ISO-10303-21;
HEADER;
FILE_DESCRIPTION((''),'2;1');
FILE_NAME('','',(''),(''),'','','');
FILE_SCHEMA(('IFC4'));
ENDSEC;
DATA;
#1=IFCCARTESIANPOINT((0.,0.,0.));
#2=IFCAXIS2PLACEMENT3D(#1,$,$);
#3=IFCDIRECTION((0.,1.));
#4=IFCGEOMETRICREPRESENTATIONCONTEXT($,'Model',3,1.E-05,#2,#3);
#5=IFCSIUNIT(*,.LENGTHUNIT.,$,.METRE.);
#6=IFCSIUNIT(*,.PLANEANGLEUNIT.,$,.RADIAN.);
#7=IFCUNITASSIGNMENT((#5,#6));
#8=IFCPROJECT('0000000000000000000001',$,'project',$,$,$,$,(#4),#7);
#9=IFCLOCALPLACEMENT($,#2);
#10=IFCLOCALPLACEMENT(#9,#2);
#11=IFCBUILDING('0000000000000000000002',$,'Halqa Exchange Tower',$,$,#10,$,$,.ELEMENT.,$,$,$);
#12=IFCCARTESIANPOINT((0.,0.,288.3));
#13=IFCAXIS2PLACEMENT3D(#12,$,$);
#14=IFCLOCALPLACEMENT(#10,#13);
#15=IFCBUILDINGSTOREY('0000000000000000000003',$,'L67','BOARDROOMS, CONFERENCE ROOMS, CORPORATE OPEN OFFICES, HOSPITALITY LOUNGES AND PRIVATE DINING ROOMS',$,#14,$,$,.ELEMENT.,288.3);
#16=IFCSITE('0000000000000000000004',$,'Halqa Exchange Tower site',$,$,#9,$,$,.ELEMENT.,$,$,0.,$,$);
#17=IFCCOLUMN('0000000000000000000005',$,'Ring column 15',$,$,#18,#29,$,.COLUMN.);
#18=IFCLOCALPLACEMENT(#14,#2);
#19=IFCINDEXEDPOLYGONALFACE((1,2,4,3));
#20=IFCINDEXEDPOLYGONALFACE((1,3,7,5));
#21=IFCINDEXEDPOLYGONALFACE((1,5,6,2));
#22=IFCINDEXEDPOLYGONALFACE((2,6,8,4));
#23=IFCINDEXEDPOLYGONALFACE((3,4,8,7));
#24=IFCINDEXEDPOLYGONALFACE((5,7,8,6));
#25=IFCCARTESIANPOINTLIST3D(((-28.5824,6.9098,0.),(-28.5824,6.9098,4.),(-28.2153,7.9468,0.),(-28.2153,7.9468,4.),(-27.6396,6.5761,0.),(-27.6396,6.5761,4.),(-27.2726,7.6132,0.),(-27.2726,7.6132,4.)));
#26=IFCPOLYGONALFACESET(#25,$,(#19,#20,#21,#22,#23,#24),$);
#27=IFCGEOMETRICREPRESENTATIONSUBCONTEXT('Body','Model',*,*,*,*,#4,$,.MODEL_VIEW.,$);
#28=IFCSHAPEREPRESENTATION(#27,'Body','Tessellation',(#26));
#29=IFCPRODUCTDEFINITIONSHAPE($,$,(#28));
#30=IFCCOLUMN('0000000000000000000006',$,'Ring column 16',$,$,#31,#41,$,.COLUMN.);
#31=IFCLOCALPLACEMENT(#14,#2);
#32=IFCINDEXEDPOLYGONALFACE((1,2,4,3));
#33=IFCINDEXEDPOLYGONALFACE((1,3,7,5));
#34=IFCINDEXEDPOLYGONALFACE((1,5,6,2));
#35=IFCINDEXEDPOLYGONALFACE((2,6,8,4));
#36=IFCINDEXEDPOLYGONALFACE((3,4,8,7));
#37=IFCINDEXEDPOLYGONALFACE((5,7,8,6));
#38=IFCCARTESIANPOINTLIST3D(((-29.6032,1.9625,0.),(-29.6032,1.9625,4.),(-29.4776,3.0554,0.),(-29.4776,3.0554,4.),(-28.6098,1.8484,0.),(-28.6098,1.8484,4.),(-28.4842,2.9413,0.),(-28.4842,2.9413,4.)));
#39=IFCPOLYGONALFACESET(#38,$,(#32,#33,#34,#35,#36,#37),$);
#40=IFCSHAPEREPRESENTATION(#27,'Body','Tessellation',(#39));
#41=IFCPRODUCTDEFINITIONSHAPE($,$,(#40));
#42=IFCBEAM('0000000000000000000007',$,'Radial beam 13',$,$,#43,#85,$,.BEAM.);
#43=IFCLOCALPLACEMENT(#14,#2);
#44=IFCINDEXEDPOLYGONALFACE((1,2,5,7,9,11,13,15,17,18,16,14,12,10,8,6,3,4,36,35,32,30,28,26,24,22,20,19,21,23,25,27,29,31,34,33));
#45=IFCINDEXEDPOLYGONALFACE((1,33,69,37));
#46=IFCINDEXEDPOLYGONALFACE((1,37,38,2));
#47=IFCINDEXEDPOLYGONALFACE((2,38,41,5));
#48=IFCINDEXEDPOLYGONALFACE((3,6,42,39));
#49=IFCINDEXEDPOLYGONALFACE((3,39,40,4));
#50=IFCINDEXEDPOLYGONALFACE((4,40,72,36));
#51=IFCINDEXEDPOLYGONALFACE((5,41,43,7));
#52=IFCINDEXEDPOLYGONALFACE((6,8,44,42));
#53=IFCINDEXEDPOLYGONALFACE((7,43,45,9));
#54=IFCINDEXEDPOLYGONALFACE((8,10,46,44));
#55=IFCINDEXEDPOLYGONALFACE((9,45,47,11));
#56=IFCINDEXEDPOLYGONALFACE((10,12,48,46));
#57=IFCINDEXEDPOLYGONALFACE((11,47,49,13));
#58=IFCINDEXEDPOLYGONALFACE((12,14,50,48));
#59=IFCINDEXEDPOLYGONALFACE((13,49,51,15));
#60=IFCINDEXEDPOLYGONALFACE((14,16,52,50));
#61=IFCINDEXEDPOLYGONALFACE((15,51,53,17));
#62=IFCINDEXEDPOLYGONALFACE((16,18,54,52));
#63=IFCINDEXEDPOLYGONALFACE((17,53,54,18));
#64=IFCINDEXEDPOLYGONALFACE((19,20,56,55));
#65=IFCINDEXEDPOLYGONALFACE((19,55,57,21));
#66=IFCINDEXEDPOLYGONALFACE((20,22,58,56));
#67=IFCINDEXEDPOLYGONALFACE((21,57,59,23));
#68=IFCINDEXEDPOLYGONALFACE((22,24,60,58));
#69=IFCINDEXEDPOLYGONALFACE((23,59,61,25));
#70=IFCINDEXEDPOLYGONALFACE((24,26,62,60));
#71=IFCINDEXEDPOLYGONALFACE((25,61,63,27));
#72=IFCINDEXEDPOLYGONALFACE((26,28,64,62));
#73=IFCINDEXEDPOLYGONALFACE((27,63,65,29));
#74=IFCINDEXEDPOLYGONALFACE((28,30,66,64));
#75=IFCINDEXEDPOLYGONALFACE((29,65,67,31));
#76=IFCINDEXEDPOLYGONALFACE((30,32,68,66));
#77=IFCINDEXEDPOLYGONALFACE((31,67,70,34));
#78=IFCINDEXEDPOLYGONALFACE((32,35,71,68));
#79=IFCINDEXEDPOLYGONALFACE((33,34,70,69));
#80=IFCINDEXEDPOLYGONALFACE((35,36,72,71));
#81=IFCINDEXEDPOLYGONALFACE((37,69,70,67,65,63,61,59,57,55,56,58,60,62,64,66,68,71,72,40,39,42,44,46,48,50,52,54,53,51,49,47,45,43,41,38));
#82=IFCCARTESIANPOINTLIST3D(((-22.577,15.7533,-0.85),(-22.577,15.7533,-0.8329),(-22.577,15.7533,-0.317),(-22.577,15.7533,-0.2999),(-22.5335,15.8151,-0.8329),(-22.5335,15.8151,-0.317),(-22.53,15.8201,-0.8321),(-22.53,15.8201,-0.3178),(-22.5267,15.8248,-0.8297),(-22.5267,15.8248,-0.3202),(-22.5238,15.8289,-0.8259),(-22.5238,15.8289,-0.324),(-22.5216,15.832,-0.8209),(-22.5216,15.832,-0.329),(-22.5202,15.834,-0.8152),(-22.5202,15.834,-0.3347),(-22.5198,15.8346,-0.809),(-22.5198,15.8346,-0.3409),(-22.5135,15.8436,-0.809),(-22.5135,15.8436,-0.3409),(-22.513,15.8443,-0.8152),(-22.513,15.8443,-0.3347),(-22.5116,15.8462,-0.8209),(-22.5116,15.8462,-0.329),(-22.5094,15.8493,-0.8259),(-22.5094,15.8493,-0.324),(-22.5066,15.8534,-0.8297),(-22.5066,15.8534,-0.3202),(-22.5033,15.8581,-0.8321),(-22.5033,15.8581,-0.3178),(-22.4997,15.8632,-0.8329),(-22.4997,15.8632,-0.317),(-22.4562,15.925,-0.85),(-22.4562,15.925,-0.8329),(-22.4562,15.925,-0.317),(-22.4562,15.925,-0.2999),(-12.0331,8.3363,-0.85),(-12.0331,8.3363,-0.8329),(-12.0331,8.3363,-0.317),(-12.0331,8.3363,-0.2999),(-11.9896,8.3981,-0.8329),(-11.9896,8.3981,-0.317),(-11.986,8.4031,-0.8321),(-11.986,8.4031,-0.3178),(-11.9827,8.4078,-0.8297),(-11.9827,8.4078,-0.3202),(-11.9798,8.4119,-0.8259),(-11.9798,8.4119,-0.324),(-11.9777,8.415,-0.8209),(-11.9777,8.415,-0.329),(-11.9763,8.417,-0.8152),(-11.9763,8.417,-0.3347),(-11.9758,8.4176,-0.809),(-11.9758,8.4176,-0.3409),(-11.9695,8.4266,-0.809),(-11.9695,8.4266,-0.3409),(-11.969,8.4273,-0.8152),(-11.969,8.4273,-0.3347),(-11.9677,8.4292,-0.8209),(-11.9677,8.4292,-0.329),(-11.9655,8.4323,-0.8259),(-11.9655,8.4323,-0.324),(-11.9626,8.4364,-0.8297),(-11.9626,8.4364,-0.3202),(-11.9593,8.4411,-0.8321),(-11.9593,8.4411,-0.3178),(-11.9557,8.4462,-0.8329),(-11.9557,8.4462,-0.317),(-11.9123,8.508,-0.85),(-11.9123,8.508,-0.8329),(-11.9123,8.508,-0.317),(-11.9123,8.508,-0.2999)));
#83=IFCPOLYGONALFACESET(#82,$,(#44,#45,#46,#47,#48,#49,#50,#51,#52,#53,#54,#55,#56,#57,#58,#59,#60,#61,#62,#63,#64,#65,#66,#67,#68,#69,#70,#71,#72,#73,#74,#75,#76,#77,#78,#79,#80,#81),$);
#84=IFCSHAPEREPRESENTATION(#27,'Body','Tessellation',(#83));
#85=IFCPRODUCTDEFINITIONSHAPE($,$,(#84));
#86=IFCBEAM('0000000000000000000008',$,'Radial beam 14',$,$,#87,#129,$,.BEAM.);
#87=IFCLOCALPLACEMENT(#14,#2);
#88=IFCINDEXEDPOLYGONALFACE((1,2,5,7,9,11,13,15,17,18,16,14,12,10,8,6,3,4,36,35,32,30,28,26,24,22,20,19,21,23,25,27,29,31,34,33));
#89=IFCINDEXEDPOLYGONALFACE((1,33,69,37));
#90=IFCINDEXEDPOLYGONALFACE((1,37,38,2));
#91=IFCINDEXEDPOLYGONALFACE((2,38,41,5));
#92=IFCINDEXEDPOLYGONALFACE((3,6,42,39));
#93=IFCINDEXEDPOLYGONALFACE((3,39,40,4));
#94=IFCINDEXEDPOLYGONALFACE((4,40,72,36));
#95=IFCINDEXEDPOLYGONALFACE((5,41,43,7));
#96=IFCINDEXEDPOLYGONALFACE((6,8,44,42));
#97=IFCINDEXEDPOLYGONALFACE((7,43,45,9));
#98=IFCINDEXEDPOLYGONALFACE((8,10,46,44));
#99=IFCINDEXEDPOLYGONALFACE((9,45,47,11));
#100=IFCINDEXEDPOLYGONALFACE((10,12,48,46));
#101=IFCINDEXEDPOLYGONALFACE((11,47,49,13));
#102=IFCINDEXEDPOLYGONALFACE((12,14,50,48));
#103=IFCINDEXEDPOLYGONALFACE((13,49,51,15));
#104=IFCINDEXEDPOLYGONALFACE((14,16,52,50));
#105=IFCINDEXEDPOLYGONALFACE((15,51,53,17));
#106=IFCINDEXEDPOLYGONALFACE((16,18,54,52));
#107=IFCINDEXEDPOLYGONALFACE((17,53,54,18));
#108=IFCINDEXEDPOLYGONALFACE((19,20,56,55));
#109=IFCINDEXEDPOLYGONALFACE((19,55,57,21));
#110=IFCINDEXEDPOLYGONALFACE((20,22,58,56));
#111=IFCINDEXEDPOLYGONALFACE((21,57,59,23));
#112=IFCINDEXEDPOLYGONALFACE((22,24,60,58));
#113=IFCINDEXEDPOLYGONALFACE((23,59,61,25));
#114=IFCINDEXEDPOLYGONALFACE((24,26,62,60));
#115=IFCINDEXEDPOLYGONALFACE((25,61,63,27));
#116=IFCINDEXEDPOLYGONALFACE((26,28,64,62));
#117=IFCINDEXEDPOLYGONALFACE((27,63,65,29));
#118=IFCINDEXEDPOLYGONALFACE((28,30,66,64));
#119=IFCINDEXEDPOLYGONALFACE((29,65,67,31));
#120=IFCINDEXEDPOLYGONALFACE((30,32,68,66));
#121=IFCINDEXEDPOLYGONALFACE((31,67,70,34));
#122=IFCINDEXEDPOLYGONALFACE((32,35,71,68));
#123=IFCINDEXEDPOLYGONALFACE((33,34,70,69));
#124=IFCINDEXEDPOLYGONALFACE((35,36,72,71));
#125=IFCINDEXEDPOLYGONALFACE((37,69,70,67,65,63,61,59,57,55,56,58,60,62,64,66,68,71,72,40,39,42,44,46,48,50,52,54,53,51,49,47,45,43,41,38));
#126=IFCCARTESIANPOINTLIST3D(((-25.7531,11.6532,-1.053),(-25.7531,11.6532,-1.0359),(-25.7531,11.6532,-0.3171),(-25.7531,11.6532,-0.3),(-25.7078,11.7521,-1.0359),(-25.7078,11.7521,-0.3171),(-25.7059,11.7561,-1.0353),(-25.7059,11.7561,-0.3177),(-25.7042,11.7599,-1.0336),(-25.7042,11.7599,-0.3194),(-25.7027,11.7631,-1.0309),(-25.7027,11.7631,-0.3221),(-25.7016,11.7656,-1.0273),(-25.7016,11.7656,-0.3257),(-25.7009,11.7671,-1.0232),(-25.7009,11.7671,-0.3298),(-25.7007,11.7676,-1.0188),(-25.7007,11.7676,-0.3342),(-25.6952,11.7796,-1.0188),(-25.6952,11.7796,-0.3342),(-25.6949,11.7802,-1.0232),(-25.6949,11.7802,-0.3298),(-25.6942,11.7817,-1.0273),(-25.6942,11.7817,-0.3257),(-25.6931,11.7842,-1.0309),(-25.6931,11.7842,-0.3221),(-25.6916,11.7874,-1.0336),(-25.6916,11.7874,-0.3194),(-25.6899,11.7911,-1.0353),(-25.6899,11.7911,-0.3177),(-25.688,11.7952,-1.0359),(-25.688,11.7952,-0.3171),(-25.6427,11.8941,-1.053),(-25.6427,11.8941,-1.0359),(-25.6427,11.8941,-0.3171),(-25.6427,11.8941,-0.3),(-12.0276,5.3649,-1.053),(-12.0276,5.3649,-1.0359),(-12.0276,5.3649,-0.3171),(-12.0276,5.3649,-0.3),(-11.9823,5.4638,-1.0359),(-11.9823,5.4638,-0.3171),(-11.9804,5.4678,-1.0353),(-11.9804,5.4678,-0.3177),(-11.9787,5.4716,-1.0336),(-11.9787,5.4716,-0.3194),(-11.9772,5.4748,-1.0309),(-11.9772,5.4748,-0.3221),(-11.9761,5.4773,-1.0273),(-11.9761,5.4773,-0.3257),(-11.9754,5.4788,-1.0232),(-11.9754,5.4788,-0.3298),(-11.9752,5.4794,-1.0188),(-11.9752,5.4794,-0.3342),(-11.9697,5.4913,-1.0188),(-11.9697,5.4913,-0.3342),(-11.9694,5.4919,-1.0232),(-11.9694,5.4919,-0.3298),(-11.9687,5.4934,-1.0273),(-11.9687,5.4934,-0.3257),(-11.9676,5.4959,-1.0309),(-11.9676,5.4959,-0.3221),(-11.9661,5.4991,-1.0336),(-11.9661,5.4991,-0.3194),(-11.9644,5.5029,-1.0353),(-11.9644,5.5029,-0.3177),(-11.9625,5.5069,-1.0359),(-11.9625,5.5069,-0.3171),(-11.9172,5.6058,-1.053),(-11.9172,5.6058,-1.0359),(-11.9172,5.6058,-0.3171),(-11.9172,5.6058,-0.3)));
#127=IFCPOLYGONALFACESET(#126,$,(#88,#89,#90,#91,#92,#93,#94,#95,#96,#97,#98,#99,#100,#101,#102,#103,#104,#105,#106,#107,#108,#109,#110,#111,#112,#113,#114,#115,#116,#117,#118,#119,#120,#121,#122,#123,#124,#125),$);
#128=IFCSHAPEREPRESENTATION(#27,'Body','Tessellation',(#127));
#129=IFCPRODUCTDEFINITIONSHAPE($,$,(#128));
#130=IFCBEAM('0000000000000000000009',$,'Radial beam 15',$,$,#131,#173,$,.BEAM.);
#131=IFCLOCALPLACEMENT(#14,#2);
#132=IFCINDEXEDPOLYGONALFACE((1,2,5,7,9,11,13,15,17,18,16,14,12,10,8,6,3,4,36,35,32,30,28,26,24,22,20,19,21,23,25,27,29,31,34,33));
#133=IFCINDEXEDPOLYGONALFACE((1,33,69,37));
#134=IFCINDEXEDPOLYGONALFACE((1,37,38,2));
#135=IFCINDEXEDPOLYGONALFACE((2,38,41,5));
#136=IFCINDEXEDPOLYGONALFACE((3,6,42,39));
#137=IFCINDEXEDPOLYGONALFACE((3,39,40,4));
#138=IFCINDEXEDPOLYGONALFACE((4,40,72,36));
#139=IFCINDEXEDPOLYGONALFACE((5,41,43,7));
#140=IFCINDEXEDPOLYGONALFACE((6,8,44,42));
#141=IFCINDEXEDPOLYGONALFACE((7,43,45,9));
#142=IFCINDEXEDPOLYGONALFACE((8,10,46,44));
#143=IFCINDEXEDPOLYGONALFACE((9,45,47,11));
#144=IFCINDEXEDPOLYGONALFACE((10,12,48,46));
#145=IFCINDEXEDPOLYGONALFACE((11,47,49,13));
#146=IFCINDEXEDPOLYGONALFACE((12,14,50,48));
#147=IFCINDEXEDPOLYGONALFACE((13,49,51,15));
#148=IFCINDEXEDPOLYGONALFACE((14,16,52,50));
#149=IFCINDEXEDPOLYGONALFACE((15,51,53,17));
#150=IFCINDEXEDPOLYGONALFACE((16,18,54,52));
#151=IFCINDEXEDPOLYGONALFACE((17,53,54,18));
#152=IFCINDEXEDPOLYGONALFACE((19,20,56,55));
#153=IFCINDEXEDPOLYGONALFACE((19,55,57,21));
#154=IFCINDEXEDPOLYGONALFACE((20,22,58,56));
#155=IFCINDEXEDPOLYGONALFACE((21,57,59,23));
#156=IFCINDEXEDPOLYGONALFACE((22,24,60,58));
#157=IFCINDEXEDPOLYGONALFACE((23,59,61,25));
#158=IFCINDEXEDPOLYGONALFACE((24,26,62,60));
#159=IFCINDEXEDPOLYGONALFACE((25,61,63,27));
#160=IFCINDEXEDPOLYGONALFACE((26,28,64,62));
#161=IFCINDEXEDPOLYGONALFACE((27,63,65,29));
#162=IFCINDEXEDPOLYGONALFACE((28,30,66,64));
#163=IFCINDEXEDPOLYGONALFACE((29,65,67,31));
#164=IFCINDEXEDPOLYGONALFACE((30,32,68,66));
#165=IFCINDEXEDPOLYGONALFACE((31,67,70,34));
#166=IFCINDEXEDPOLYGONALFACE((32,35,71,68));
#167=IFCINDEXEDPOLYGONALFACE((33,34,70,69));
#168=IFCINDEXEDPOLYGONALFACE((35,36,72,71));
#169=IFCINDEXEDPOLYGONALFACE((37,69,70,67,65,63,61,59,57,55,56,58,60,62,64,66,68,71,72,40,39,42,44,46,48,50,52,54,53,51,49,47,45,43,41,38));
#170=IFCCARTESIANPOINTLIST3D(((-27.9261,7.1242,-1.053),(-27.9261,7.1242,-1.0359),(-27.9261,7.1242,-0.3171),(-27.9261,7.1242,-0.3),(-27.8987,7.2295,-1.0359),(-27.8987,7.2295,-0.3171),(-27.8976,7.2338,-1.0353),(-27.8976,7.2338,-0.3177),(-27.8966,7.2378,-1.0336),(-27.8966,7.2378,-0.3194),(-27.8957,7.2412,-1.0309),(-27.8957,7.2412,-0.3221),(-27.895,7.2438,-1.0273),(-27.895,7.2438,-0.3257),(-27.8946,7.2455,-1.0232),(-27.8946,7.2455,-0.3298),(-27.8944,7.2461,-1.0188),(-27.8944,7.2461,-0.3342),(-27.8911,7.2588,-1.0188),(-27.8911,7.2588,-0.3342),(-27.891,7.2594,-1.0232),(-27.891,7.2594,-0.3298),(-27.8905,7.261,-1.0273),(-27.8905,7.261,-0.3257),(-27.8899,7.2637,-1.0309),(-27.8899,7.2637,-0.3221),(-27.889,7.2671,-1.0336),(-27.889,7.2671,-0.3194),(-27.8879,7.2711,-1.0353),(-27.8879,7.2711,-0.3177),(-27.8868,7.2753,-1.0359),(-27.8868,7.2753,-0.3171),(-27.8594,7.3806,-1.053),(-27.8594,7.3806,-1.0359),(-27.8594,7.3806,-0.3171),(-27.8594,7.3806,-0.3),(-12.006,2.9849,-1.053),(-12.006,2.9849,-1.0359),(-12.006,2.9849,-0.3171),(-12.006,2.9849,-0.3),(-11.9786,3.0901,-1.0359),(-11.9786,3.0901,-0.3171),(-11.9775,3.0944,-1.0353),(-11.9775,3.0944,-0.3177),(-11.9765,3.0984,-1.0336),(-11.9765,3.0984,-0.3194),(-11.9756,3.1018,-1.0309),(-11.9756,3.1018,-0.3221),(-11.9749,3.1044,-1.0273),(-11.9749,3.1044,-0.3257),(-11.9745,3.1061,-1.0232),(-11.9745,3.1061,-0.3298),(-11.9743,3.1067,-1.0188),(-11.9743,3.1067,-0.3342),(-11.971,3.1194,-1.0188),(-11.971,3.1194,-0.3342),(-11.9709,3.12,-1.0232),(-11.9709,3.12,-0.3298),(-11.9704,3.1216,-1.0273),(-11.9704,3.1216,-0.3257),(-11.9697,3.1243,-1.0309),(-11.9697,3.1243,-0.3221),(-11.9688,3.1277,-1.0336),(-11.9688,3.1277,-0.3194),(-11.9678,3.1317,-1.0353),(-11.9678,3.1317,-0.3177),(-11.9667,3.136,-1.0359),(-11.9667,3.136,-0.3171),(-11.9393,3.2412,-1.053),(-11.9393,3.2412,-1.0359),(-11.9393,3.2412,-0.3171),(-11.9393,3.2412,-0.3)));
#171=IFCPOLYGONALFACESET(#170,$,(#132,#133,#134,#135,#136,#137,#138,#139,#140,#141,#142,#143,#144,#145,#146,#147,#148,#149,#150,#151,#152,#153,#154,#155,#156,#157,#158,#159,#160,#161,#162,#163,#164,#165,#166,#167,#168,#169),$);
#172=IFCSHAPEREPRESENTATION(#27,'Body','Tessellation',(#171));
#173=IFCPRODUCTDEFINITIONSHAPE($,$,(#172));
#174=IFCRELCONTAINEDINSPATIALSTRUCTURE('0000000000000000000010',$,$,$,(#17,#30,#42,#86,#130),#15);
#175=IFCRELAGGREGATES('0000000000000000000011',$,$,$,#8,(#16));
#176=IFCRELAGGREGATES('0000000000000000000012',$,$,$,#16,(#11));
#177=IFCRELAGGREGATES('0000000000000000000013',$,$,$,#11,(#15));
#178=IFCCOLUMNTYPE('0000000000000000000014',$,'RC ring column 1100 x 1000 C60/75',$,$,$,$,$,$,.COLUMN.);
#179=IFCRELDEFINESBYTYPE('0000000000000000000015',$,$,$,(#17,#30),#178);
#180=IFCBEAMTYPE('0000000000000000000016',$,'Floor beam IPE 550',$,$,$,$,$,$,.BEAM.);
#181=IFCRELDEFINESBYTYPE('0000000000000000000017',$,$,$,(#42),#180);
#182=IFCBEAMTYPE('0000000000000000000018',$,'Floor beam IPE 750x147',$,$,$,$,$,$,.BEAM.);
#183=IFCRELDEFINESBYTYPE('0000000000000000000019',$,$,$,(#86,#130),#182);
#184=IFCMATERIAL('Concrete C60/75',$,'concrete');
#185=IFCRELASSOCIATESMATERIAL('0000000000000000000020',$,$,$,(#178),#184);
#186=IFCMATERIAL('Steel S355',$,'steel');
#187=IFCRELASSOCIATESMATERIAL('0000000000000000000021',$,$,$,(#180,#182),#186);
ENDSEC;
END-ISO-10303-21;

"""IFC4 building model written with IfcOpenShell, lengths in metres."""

from ifc_helpers import new_model, si_unit, direction, frame, origin, origin_2d, place, context, subcontext, project, spatial, rectangle, i_section, extrude, material, material_profile, profile_set, type_object, element, save


model = new_model("IFC4")

# Units and contexts
model_context = context("Model", 3, precision=1e-05, world=origin(), true_north=direction((0.0, 1.0)))
body_context = subcontext(model_context, "Body", "Model", "MODEL_VIEW")
ifc_project = project(units=[si_unit("LENGTHUNIT", "METRE"), si_unit("PLANEANGLEUNIT", "RADIAN")], contexts=[model_context])

# Site, building, storey
site_placement = place(None, origin())
site = spatial("IfcSite", under=ifc_project, at=site_placement, Name="Halqa Exchange Tower site", CompositionType="ELEMENT", RefElevation=0.0)
building_placement = place(site_placement, origin())
building = spatial("IfcBuilding", under=site, at=building_placement, Name="Halqa Exchange Tower", CompositionType="ELEMENT")
storey_placement = place(building_placement, frame((0.0, 0.0, 288.3)))
storey = spatial("IfcBuildingStorey", under=building, at=storey_placement, Name="L67", Description="BOARDROOMS, CONFERENCE ROOMS, CORPORATE OPEN OFFICES, HOSPITALITY LOUNGES AND PRIVATE DINING ROOMS", CompositionType="ELEMENT", Elevation=288.3)

# Columns
ifc_material_1 = material(Name="Concrete C60/75", Category="concrete")
ifc_material_profile_1 = material_profile(ifc_material_1, rectangle(XDim=1.1001, YDim=1.0, at=origin_2d()), Name="1100 x 1000")
ifc_profile_set_1 = profile_set([ifc_material_profile_1], Name="Concrete C60/75")
column_type = type_object("IfcColumnType", Name="RC ring column 1100 x 1000 C60/75", PredefinedType="COLUMN", material=ifc_profile_set_1)
for number, where, z_axis, x_axis, name in (
    (1, (-27.9275, 7.2615, 0.0), (0.0, 0.0, 1.0), (-0.333628, -0.942705, 0.0), "Ring column 15"),
    (2, (-29.0437, 2.4519, 0.0), (0.0, 0.0, 1.0), (-0.114162, -0.993462, 0.0), "Ring column 16"),
):
    element("IfcColumn", number, at=place(storey_placement, frame(where, z_axis=z_axis, x_axis=x_axis)), inside=storey, type_object=column_type, Name=name, PredefinedType="COLUMN", context=body_context, shape_type="SweptSolid", body=[
        extrude(rectangle(XDim=1.1001, YDim=1.0, at=origin_2d()), origin(), (0.0, 0.0, 1.0), 4.0),
    ])

# Beams
ifc_material_2 = material(Name="Steel S355", Category="steel")
ifc_material_profile_2 = material_profile(ifc_material_2, i_section(OverallWidth=0.21, OverallDepth=0.55, WebThickness=0.011, FlangeThickness=0.0171, FilletRadius=0.0239, at=origin_2d()), Name="IPE 550")
ifc_profile_set_2 = profile_set([ifc_material_profile_2], Name="Steel S355")
beam_type_1 = type_object("IfcBeamType", Name="Floor beam IPE 550", PredefinedType="BEAM", material=ifc_profile_set_2)
beam_1_placement = place(storey_placement, frame((-11.9727, 8.4221, -0.575), z_axis=(-0.817909, 0.575347, 0.0), x_axis=(-0.575347, -0.817909, 0.0)))
element("IfcBeam", 3, at=beam_1_placement, inside=storey, type_object=beam_type_1, Name="Radial beam 13", PredefinedType="BEAM", context=body_context, shape_type="SweptSolid", body=[
    extrude(i_section(OverallWidth=0.21, OverallDepth=0.55, WebThickness=0.011, FlangeThickness=0.0171, FilletRadius=0.0239, at=origin_2d()), origin(), (0.0, 0.0, 1.0), 12.8914),
])
ifc_material_profile_3 = material_profile(ifc_material_2, i_section(OverallWidth=0.2649, OverallDepth=0.7529, WebThickness=0.0132, FlangeThickness=0.0171, FilletRadius=0.0171, at=origin_2d()), Name="IPE 750x147")
ifc_profile_set_3 = profile_set([ifc_material_profile_3], Name="Steel S355")
beam_type_2 = type_object("IfcBeamType", Name="Floor beam IPE 750x147", PredefinedType="BEAM", material=ifc_profile_set_3)
beam_2_placement = place(storey_placement, frame((-11.9724, 5.4854, -0.6765), z_axis=(-0.909129, 0.416514, 0.0), x_axis=(-0.416514, -0.909129, 0.0)))
element("IfcBeam", 4, at=beam_2_placement, inside=storey, type_object=beam_type_2, Name="Radial beam 14", PredefinedType="BEAM", context=body_context, shape_type="SweptSolid", body=[
    extrude(i_section(OverallWidth=0.2649, OverallDepth=0.7529, WebThickness=0.0132, FlangeThickness=0.0171, FilletRadius=0.0171, at=origin_2d()), origin(), (0.0, 0.0, 1.0), 15.0974),
])
beam_3_placement = place(storey_placement, frame((-11.9727, 3.113, -0.6765), z_axis=(-0.96782, 0.251643, 0.0), x_axis=(-0.251643, -0.96782, 0.0)))
element("IfcBeam", 5, at=beam_3_placement, inside=storey, type_object=beam_type_2, Name="Radial beam 15", PredefinedType="BEAM", context=body_context, shape_type="SweptSolid", body=[
    extrude(i_section(OverallWidth=0.2649, OverallDepth=0.7529, WebThickness=0.0132, FlangeThickness=0.0171, FilletRadius=0.0171, at=origin_2d()), origin(), (0.0, 0.0, 1.0), 16.4495),
])

save(model, "model.ifc")
